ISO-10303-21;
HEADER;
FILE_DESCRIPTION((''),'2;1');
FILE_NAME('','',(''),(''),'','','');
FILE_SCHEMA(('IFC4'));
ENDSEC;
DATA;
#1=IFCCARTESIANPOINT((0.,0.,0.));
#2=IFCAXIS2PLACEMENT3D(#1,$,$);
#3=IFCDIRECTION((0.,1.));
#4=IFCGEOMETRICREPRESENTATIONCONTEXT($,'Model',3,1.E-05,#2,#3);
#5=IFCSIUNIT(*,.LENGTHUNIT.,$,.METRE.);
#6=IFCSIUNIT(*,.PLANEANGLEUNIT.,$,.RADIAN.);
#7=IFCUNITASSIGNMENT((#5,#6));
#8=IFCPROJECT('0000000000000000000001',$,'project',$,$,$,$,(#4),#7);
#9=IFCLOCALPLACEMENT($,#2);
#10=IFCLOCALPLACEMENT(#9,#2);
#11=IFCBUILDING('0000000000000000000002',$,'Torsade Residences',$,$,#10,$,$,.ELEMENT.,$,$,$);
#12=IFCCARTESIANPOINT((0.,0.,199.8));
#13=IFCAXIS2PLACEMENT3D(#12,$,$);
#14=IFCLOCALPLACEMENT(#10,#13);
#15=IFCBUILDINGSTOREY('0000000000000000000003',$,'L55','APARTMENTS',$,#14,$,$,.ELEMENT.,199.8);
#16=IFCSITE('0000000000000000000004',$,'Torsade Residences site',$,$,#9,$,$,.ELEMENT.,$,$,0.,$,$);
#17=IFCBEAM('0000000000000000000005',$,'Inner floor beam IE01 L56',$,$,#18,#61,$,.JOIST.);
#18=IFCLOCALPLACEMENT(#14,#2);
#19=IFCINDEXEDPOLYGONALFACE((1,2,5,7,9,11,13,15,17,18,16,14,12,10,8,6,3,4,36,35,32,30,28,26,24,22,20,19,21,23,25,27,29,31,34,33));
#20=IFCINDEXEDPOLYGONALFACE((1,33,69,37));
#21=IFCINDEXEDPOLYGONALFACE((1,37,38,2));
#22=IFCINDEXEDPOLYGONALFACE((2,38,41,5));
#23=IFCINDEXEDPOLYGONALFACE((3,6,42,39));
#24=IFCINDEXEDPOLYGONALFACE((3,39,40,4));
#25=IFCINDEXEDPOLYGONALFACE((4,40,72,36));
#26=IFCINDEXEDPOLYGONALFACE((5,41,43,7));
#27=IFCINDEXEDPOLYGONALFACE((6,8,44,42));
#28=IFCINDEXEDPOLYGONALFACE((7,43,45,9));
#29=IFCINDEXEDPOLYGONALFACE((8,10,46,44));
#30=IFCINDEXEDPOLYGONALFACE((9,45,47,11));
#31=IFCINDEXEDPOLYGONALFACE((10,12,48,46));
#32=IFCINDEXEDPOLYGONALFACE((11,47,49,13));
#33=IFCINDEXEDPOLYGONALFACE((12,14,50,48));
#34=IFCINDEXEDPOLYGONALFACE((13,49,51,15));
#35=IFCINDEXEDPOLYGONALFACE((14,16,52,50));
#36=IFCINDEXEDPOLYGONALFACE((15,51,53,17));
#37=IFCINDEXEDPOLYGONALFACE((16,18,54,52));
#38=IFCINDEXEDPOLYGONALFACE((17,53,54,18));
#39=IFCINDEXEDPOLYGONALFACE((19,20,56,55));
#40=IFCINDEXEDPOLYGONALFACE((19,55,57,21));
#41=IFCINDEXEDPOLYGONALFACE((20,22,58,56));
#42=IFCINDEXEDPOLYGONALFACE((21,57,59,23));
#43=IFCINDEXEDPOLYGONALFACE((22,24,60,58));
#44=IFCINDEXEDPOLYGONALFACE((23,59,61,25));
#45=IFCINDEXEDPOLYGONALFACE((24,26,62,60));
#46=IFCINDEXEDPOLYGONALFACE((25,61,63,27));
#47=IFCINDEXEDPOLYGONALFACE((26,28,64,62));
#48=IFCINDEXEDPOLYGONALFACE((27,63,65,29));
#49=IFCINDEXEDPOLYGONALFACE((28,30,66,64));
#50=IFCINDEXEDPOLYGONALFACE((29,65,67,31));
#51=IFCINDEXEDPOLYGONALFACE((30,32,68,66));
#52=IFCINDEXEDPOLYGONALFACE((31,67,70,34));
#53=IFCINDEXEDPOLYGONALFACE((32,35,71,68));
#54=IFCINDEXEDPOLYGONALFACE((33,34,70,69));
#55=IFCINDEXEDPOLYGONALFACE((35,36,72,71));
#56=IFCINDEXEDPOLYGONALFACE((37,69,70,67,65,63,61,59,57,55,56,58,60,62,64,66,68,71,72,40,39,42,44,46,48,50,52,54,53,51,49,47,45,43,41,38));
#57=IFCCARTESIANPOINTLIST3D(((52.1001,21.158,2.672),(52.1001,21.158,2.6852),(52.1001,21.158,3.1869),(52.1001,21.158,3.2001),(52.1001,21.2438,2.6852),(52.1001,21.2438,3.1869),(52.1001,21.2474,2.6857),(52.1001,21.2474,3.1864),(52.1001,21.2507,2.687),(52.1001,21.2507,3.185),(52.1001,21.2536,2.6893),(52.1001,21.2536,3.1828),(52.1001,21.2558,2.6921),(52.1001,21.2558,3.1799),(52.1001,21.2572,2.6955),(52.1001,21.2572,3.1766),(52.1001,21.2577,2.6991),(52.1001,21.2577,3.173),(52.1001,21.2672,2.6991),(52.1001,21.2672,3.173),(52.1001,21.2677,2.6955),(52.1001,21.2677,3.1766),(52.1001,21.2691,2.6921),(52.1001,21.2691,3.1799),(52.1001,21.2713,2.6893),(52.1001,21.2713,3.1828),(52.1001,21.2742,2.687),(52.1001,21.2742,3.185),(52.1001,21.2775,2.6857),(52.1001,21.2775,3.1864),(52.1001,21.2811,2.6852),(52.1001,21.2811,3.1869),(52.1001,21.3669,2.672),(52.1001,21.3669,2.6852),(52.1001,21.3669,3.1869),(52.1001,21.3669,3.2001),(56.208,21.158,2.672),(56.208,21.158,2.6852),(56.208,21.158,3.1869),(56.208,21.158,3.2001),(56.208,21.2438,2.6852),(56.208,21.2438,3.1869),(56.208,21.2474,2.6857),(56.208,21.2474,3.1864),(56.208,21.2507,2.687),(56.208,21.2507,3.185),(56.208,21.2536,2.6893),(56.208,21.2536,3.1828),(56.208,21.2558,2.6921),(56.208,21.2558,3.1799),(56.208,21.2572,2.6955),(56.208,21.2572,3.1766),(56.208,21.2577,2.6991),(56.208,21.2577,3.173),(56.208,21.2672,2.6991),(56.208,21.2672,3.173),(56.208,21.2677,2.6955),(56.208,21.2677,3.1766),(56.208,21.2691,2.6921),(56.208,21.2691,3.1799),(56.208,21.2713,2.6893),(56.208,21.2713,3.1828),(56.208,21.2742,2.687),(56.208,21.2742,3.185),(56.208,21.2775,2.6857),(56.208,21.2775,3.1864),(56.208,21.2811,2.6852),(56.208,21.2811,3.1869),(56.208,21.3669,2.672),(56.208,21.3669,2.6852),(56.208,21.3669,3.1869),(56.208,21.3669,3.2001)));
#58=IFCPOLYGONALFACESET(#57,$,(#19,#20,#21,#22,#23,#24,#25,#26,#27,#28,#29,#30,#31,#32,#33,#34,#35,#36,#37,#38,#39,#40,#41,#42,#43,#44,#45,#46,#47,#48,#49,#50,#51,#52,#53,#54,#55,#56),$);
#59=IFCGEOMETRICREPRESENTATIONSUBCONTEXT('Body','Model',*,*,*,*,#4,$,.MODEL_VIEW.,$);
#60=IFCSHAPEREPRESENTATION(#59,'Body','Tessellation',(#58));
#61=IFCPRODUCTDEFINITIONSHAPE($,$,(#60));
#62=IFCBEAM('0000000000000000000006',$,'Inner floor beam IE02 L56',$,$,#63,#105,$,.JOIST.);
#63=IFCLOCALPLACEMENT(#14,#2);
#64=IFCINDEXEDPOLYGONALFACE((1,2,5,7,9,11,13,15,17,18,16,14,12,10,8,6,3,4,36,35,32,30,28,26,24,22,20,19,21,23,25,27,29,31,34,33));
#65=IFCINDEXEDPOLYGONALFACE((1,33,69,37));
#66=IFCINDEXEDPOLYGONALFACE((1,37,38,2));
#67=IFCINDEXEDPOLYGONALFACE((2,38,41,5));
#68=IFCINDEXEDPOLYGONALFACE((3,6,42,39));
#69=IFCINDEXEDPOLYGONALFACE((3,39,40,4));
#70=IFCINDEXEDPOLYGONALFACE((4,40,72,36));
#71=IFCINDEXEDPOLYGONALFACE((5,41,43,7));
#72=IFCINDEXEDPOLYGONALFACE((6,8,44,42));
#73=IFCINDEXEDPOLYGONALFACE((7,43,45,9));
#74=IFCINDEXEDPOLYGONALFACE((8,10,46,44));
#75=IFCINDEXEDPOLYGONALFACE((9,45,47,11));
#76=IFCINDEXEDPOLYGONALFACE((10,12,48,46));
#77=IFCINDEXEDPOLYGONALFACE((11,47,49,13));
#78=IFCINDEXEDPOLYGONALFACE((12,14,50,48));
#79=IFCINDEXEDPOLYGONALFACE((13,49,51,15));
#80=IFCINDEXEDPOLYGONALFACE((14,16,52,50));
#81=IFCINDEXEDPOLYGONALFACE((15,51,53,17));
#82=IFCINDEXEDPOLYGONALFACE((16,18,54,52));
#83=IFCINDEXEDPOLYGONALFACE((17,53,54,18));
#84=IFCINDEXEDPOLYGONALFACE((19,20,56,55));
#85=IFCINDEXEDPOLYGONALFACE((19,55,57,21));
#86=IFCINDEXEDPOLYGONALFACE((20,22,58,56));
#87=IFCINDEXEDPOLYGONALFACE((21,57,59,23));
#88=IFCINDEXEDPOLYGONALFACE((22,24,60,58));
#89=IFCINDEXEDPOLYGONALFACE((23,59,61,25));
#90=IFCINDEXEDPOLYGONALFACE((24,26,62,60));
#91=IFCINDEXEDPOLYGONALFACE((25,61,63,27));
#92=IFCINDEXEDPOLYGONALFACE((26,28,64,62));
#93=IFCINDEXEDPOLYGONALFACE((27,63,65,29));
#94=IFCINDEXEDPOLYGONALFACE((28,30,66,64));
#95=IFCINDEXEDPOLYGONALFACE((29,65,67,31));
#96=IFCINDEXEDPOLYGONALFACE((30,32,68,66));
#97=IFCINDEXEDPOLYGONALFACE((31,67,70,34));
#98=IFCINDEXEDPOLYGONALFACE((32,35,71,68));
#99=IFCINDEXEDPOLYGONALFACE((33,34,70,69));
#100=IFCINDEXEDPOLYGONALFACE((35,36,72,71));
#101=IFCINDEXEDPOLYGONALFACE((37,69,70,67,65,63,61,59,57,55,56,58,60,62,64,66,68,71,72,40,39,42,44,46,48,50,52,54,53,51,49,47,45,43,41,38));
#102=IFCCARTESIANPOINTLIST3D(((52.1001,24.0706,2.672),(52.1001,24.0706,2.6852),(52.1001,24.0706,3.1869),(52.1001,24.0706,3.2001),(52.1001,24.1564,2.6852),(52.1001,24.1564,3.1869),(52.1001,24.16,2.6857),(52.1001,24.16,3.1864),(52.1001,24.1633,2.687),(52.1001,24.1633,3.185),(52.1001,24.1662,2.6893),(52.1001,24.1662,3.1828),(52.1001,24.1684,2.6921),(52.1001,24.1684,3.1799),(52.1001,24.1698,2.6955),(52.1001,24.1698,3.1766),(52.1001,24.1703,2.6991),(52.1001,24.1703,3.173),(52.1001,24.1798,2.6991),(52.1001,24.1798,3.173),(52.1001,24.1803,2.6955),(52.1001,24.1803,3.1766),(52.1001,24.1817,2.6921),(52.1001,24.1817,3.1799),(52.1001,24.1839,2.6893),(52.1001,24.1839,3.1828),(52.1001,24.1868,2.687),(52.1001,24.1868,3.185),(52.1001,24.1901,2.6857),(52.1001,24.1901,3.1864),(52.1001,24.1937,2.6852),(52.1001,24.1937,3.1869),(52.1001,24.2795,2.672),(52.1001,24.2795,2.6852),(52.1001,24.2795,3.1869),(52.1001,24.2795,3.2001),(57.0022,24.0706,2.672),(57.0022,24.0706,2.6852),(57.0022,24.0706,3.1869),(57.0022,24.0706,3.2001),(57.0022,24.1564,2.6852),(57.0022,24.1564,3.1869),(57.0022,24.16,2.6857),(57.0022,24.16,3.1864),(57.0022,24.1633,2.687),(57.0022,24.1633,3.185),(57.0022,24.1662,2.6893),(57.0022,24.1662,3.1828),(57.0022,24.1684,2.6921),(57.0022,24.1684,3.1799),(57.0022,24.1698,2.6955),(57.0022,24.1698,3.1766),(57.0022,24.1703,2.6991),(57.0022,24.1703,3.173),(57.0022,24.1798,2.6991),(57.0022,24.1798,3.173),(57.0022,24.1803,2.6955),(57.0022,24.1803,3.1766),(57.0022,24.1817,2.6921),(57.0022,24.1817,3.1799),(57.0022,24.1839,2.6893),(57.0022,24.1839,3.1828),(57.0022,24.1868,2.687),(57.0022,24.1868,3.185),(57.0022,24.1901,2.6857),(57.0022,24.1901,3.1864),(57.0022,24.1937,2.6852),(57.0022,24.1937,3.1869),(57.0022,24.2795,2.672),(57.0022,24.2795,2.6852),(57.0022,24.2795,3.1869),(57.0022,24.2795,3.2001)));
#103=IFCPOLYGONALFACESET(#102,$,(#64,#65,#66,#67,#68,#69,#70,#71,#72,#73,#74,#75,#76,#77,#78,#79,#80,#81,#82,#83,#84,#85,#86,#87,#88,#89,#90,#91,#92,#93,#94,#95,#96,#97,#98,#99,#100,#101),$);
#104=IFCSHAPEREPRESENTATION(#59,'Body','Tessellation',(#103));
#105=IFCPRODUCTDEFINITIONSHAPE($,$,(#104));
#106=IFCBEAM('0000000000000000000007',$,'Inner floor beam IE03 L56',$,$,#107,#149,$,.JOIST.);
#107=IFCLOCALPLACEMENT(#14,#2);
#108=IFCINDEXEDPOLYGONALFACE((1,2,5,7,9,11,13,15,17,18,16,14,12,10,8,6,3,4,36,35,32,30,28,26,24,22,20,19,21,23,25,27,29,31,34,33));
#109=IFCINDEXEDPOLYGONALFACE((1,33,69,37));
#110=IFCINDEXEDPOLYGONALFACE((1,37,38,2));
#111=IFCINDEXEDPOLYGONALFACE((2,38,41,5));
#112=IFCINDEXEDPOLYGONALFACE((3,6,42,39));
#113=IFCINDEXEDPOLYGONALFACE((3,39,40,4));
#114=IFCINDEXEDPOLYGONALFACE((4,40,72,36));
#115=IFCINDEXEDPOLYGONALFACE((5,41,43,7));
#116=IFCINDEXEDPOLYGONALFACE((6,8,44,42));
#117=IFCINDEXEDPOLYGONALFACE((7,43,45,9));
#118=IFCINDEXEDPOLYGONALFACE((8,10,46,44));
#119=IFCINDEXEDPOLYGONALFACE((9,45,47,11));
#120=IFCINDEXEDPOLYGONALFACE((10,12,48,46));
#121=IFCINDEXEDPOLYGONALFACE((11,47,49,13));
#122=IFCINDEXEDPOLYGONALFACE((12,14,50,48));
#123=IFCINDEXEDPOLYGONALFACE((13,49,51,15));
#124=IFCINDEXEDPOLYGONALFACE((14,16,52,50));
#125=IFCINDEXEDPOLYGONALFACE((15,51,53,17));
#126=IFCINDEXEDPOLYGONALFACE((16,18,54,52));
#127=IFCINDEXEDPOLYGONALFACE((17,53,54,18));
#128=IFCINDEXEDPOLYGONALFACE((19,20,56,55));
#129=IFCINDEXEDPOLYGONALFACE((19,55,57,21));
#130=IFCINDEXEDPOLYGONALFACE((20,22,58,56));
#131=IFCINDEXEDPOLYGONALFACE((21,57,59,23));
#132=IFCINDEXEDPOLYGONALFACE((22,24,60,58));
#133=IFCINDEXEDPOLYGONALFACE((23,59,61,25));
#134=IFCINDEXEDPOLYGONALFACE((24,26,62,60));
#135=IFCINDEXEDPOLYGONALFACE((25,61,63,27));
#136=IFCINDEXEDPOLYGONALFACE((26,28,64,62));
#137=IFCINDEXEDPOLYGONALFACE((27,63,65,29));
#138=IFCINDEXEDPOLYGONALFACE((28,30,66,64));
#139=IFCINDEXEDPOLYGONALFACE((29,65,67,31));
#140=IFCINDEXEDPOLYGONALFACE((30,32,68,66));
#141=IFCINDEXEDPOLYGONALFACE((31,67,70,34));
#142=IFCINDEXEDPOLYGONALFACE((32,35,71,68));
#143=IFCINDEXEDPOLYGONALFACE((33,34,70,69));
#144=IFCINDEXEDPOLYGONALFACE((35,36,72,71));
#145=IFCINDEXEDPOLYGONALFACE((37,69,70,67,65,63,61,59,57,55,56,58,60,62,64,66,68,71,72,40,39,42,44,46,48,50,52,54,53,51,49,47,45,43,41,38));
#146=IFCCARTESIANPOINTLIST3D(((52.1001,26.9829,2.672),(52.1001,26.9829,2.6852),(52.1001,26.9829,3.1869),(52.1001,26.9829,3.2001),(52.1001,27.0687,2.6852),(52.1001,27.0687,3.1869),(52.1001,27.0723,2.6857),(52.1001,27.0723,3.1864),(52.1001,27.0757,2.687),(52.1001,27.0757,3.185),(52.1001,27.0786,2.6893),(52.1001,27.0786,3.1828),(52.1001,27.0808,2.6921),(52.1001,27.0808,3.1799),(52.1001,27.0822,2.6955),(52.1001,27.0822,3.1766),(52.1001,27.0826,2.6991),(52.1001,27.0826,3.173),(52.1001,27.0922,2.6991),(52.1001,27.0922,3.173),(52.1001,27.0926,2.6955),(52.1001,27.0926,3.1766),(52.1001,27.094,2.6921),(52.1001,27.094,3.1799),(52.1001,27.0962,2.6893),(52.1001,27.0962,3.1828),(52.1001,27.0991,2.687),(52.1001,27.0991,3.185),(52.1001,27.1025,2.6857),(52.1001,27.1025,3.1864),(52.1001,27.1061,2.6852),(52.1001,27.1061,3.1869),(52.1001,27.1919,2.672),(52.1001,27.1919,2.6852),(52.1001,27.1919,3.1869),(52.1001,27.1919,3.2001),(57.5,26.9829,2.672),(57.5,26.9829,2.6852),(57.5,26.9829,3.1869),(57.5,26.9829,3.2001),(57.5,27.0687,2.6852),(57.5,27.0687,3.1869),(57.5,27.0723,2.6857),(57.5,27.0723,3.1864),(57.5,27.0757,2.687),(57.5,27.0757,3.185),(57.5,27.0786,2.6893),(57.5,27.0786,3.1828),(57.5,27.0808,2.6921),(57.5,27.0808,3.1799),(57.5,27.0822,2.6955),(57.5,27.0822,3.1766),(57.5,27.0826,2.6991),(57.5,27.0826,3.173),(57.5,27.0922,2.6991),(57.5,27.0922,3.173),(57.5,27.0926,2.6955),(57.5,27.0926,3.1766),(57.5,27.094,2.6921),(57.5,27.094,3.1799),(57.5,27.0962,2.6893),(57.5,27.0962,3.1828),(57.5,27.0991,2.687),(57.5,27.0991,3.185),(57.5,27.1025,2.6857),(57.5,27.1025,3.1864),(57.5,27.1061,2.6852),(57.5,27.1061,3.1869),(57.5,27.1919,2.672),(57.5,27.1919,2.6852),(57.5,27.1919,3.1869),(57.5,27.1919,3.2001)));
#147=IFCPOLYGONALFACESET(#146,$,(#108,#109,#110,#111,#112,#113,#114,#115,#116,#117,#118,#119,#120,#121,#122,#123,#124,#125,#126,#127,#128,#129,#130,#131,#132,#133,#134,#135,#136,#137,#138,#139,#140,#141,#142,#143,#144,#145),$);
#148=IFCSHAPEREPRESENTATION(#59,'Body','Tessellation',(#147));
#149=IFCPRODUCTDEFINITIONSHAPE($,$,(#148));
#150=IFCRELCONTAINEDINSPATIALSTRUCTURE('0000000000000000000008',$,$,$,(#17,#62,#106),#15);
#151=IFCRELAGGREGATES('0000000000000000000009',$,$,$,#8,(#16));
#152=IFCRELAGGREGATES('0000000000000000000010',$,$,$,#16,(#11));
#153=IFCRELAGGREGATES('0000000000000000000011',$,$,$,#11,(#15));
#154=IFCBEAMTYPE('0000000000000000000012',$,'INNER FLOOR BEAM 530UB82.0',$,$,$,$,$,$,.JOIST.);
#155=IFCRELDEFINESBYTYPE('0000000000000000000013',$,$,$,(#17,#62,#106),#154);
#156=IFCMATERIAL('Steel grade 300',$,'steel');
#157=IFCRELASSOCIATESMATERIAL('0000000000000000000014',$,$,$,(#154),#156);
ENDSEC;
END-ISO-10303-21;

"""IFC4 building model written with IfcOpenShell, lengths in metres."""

from ifc_helpers import new_model, si_unit, direction, frame, origin, origin_2d, place, context, subcontext, project, spatial, i_section, extrude, material, material_profile, profile_set, type_object, element, save


model = new_model("IFC4")

# Units and contexts
model_context = context("Model", 3, precision=1e-05, world=origin(), true_north=direction((0.0, 1.0)))
body_context = subcontext(model_context, "Body", "Model", "MODEL_VIEW")
ifc_project = project(units=[si_unit("LENGTHUNIT", "METRE"), si_unit("PLANEANGLEUNIT", "RADIAN")], contexts=[model_context])

# Site, building, storey
site_placement = place(None, origin())
site = spatial("IfcSite", under=ifc_project, at=site_placement, Name="Torsade Residences site", CompositionType="ELEMENT", RefElevation=0.0)
building_placement = place(site_placement, origin())
building = spatial("IfcBuilding", under=site, at=building_placement, Name="Torsade Residences", CompositionType="ELEMENT")
storey_placement = place(building_placement, frame((0.0, 0.0, 199.8)))
storey = spatial("IfcBuildingStorey", under=building, at=storey_placement, Name="L55", Description="APARTMENTS", CompositionType="ELEMENT", Elevation=199.8)

# Beams
ifc_material_1 = material(Name="Steel grade 300", Category="steel")
ifc_material_profile = material_profile(ifc_material_1, i_section(OverallWidth=0.209, OverallDepth=0.5281, WebThickness=0.0095, FlangeThickness=0.0132, FilletRadius=0.0139, at=origin_2d()), Name="530UB82.0")
ifc_profile_set = profile_set([ifc_material_profile], Name="Steel grade 300")
beam_type = type_object("IfcBeamType", Name="INNER FLOOR BEAM 530UB82.0", PredefinedType="JOIST", material=ifc_profile_set)
beam_1_placement = place(storey_placement, frame((52.1001, 21.2625, 2.936), z_axis=(1.0, 0.0, 0.0), x_axis=(0.0, 1.0, 0.0)))
element("IfcBeam", 1, at=beam_1_placement, inside=storey, type_object=beam_type, Name="Inner floor beam IE01 L56", PredefinedType="JOIST", context=body_context, shape_type="SweptSolid", body=[
    extrude(i_section(OverallWidth=0.209, OverallDepth=0.5281, WebThickness=0.0095, FlangeThickness=0.0132, FilletRadius=0.0139, at=origin_2d()), origin(), (0.0, 0.0, 1.0), 4.1079),
])
beam_2_placement = place(storey_placement, frame((52.1001, 24.175, 2.936), z_axis=(1.0, 0.0, 0.0), x_axis=(0.0, 1.0, 0.0)))
element("IfcBeam", 2, at=beam_2_placement, inside=storey, type_object=beam_type, Name="Inner floor beam IE02 L56", PredefinedType="JOIST", context=body_context, shape_type="SweptSolid", body=[
    extrude(i_section(OverallWidth=0.209, OverallDepth=0.5281, WebThickness=0.0095, FlangeThickness=0.0132, FilletRadius=0.0139, at=origin_2d()), origin(), (0.0, 0.0, 1.0), 4.9021),
])
beam_3_placement = place(storey_placement, frame((52.1001, 27.0874, 2.936), z_axis=(1.0, 0.0, 0.0), x_axis=(0.0, 1.0, 0.0)))
element("IfcBeam", 3, at=beam_3_placement, inside=storey, type_object=beam_type, Name="Inner floor beam IE03 L56", PredefinedType="JOIST", context=body_context, shape_type="SweptSolid", body=[
    extrude(i_section(OverallWidth=0.209, OverallDepth=0.5281, WebThickness=0.0095, FlangeThickness=0.0132, FilletRadius=0.0139, at=origin_2d()), origin(), (0.0, 0.0, 1.0), 5.3999),
])

save(model, "model.ifc")
